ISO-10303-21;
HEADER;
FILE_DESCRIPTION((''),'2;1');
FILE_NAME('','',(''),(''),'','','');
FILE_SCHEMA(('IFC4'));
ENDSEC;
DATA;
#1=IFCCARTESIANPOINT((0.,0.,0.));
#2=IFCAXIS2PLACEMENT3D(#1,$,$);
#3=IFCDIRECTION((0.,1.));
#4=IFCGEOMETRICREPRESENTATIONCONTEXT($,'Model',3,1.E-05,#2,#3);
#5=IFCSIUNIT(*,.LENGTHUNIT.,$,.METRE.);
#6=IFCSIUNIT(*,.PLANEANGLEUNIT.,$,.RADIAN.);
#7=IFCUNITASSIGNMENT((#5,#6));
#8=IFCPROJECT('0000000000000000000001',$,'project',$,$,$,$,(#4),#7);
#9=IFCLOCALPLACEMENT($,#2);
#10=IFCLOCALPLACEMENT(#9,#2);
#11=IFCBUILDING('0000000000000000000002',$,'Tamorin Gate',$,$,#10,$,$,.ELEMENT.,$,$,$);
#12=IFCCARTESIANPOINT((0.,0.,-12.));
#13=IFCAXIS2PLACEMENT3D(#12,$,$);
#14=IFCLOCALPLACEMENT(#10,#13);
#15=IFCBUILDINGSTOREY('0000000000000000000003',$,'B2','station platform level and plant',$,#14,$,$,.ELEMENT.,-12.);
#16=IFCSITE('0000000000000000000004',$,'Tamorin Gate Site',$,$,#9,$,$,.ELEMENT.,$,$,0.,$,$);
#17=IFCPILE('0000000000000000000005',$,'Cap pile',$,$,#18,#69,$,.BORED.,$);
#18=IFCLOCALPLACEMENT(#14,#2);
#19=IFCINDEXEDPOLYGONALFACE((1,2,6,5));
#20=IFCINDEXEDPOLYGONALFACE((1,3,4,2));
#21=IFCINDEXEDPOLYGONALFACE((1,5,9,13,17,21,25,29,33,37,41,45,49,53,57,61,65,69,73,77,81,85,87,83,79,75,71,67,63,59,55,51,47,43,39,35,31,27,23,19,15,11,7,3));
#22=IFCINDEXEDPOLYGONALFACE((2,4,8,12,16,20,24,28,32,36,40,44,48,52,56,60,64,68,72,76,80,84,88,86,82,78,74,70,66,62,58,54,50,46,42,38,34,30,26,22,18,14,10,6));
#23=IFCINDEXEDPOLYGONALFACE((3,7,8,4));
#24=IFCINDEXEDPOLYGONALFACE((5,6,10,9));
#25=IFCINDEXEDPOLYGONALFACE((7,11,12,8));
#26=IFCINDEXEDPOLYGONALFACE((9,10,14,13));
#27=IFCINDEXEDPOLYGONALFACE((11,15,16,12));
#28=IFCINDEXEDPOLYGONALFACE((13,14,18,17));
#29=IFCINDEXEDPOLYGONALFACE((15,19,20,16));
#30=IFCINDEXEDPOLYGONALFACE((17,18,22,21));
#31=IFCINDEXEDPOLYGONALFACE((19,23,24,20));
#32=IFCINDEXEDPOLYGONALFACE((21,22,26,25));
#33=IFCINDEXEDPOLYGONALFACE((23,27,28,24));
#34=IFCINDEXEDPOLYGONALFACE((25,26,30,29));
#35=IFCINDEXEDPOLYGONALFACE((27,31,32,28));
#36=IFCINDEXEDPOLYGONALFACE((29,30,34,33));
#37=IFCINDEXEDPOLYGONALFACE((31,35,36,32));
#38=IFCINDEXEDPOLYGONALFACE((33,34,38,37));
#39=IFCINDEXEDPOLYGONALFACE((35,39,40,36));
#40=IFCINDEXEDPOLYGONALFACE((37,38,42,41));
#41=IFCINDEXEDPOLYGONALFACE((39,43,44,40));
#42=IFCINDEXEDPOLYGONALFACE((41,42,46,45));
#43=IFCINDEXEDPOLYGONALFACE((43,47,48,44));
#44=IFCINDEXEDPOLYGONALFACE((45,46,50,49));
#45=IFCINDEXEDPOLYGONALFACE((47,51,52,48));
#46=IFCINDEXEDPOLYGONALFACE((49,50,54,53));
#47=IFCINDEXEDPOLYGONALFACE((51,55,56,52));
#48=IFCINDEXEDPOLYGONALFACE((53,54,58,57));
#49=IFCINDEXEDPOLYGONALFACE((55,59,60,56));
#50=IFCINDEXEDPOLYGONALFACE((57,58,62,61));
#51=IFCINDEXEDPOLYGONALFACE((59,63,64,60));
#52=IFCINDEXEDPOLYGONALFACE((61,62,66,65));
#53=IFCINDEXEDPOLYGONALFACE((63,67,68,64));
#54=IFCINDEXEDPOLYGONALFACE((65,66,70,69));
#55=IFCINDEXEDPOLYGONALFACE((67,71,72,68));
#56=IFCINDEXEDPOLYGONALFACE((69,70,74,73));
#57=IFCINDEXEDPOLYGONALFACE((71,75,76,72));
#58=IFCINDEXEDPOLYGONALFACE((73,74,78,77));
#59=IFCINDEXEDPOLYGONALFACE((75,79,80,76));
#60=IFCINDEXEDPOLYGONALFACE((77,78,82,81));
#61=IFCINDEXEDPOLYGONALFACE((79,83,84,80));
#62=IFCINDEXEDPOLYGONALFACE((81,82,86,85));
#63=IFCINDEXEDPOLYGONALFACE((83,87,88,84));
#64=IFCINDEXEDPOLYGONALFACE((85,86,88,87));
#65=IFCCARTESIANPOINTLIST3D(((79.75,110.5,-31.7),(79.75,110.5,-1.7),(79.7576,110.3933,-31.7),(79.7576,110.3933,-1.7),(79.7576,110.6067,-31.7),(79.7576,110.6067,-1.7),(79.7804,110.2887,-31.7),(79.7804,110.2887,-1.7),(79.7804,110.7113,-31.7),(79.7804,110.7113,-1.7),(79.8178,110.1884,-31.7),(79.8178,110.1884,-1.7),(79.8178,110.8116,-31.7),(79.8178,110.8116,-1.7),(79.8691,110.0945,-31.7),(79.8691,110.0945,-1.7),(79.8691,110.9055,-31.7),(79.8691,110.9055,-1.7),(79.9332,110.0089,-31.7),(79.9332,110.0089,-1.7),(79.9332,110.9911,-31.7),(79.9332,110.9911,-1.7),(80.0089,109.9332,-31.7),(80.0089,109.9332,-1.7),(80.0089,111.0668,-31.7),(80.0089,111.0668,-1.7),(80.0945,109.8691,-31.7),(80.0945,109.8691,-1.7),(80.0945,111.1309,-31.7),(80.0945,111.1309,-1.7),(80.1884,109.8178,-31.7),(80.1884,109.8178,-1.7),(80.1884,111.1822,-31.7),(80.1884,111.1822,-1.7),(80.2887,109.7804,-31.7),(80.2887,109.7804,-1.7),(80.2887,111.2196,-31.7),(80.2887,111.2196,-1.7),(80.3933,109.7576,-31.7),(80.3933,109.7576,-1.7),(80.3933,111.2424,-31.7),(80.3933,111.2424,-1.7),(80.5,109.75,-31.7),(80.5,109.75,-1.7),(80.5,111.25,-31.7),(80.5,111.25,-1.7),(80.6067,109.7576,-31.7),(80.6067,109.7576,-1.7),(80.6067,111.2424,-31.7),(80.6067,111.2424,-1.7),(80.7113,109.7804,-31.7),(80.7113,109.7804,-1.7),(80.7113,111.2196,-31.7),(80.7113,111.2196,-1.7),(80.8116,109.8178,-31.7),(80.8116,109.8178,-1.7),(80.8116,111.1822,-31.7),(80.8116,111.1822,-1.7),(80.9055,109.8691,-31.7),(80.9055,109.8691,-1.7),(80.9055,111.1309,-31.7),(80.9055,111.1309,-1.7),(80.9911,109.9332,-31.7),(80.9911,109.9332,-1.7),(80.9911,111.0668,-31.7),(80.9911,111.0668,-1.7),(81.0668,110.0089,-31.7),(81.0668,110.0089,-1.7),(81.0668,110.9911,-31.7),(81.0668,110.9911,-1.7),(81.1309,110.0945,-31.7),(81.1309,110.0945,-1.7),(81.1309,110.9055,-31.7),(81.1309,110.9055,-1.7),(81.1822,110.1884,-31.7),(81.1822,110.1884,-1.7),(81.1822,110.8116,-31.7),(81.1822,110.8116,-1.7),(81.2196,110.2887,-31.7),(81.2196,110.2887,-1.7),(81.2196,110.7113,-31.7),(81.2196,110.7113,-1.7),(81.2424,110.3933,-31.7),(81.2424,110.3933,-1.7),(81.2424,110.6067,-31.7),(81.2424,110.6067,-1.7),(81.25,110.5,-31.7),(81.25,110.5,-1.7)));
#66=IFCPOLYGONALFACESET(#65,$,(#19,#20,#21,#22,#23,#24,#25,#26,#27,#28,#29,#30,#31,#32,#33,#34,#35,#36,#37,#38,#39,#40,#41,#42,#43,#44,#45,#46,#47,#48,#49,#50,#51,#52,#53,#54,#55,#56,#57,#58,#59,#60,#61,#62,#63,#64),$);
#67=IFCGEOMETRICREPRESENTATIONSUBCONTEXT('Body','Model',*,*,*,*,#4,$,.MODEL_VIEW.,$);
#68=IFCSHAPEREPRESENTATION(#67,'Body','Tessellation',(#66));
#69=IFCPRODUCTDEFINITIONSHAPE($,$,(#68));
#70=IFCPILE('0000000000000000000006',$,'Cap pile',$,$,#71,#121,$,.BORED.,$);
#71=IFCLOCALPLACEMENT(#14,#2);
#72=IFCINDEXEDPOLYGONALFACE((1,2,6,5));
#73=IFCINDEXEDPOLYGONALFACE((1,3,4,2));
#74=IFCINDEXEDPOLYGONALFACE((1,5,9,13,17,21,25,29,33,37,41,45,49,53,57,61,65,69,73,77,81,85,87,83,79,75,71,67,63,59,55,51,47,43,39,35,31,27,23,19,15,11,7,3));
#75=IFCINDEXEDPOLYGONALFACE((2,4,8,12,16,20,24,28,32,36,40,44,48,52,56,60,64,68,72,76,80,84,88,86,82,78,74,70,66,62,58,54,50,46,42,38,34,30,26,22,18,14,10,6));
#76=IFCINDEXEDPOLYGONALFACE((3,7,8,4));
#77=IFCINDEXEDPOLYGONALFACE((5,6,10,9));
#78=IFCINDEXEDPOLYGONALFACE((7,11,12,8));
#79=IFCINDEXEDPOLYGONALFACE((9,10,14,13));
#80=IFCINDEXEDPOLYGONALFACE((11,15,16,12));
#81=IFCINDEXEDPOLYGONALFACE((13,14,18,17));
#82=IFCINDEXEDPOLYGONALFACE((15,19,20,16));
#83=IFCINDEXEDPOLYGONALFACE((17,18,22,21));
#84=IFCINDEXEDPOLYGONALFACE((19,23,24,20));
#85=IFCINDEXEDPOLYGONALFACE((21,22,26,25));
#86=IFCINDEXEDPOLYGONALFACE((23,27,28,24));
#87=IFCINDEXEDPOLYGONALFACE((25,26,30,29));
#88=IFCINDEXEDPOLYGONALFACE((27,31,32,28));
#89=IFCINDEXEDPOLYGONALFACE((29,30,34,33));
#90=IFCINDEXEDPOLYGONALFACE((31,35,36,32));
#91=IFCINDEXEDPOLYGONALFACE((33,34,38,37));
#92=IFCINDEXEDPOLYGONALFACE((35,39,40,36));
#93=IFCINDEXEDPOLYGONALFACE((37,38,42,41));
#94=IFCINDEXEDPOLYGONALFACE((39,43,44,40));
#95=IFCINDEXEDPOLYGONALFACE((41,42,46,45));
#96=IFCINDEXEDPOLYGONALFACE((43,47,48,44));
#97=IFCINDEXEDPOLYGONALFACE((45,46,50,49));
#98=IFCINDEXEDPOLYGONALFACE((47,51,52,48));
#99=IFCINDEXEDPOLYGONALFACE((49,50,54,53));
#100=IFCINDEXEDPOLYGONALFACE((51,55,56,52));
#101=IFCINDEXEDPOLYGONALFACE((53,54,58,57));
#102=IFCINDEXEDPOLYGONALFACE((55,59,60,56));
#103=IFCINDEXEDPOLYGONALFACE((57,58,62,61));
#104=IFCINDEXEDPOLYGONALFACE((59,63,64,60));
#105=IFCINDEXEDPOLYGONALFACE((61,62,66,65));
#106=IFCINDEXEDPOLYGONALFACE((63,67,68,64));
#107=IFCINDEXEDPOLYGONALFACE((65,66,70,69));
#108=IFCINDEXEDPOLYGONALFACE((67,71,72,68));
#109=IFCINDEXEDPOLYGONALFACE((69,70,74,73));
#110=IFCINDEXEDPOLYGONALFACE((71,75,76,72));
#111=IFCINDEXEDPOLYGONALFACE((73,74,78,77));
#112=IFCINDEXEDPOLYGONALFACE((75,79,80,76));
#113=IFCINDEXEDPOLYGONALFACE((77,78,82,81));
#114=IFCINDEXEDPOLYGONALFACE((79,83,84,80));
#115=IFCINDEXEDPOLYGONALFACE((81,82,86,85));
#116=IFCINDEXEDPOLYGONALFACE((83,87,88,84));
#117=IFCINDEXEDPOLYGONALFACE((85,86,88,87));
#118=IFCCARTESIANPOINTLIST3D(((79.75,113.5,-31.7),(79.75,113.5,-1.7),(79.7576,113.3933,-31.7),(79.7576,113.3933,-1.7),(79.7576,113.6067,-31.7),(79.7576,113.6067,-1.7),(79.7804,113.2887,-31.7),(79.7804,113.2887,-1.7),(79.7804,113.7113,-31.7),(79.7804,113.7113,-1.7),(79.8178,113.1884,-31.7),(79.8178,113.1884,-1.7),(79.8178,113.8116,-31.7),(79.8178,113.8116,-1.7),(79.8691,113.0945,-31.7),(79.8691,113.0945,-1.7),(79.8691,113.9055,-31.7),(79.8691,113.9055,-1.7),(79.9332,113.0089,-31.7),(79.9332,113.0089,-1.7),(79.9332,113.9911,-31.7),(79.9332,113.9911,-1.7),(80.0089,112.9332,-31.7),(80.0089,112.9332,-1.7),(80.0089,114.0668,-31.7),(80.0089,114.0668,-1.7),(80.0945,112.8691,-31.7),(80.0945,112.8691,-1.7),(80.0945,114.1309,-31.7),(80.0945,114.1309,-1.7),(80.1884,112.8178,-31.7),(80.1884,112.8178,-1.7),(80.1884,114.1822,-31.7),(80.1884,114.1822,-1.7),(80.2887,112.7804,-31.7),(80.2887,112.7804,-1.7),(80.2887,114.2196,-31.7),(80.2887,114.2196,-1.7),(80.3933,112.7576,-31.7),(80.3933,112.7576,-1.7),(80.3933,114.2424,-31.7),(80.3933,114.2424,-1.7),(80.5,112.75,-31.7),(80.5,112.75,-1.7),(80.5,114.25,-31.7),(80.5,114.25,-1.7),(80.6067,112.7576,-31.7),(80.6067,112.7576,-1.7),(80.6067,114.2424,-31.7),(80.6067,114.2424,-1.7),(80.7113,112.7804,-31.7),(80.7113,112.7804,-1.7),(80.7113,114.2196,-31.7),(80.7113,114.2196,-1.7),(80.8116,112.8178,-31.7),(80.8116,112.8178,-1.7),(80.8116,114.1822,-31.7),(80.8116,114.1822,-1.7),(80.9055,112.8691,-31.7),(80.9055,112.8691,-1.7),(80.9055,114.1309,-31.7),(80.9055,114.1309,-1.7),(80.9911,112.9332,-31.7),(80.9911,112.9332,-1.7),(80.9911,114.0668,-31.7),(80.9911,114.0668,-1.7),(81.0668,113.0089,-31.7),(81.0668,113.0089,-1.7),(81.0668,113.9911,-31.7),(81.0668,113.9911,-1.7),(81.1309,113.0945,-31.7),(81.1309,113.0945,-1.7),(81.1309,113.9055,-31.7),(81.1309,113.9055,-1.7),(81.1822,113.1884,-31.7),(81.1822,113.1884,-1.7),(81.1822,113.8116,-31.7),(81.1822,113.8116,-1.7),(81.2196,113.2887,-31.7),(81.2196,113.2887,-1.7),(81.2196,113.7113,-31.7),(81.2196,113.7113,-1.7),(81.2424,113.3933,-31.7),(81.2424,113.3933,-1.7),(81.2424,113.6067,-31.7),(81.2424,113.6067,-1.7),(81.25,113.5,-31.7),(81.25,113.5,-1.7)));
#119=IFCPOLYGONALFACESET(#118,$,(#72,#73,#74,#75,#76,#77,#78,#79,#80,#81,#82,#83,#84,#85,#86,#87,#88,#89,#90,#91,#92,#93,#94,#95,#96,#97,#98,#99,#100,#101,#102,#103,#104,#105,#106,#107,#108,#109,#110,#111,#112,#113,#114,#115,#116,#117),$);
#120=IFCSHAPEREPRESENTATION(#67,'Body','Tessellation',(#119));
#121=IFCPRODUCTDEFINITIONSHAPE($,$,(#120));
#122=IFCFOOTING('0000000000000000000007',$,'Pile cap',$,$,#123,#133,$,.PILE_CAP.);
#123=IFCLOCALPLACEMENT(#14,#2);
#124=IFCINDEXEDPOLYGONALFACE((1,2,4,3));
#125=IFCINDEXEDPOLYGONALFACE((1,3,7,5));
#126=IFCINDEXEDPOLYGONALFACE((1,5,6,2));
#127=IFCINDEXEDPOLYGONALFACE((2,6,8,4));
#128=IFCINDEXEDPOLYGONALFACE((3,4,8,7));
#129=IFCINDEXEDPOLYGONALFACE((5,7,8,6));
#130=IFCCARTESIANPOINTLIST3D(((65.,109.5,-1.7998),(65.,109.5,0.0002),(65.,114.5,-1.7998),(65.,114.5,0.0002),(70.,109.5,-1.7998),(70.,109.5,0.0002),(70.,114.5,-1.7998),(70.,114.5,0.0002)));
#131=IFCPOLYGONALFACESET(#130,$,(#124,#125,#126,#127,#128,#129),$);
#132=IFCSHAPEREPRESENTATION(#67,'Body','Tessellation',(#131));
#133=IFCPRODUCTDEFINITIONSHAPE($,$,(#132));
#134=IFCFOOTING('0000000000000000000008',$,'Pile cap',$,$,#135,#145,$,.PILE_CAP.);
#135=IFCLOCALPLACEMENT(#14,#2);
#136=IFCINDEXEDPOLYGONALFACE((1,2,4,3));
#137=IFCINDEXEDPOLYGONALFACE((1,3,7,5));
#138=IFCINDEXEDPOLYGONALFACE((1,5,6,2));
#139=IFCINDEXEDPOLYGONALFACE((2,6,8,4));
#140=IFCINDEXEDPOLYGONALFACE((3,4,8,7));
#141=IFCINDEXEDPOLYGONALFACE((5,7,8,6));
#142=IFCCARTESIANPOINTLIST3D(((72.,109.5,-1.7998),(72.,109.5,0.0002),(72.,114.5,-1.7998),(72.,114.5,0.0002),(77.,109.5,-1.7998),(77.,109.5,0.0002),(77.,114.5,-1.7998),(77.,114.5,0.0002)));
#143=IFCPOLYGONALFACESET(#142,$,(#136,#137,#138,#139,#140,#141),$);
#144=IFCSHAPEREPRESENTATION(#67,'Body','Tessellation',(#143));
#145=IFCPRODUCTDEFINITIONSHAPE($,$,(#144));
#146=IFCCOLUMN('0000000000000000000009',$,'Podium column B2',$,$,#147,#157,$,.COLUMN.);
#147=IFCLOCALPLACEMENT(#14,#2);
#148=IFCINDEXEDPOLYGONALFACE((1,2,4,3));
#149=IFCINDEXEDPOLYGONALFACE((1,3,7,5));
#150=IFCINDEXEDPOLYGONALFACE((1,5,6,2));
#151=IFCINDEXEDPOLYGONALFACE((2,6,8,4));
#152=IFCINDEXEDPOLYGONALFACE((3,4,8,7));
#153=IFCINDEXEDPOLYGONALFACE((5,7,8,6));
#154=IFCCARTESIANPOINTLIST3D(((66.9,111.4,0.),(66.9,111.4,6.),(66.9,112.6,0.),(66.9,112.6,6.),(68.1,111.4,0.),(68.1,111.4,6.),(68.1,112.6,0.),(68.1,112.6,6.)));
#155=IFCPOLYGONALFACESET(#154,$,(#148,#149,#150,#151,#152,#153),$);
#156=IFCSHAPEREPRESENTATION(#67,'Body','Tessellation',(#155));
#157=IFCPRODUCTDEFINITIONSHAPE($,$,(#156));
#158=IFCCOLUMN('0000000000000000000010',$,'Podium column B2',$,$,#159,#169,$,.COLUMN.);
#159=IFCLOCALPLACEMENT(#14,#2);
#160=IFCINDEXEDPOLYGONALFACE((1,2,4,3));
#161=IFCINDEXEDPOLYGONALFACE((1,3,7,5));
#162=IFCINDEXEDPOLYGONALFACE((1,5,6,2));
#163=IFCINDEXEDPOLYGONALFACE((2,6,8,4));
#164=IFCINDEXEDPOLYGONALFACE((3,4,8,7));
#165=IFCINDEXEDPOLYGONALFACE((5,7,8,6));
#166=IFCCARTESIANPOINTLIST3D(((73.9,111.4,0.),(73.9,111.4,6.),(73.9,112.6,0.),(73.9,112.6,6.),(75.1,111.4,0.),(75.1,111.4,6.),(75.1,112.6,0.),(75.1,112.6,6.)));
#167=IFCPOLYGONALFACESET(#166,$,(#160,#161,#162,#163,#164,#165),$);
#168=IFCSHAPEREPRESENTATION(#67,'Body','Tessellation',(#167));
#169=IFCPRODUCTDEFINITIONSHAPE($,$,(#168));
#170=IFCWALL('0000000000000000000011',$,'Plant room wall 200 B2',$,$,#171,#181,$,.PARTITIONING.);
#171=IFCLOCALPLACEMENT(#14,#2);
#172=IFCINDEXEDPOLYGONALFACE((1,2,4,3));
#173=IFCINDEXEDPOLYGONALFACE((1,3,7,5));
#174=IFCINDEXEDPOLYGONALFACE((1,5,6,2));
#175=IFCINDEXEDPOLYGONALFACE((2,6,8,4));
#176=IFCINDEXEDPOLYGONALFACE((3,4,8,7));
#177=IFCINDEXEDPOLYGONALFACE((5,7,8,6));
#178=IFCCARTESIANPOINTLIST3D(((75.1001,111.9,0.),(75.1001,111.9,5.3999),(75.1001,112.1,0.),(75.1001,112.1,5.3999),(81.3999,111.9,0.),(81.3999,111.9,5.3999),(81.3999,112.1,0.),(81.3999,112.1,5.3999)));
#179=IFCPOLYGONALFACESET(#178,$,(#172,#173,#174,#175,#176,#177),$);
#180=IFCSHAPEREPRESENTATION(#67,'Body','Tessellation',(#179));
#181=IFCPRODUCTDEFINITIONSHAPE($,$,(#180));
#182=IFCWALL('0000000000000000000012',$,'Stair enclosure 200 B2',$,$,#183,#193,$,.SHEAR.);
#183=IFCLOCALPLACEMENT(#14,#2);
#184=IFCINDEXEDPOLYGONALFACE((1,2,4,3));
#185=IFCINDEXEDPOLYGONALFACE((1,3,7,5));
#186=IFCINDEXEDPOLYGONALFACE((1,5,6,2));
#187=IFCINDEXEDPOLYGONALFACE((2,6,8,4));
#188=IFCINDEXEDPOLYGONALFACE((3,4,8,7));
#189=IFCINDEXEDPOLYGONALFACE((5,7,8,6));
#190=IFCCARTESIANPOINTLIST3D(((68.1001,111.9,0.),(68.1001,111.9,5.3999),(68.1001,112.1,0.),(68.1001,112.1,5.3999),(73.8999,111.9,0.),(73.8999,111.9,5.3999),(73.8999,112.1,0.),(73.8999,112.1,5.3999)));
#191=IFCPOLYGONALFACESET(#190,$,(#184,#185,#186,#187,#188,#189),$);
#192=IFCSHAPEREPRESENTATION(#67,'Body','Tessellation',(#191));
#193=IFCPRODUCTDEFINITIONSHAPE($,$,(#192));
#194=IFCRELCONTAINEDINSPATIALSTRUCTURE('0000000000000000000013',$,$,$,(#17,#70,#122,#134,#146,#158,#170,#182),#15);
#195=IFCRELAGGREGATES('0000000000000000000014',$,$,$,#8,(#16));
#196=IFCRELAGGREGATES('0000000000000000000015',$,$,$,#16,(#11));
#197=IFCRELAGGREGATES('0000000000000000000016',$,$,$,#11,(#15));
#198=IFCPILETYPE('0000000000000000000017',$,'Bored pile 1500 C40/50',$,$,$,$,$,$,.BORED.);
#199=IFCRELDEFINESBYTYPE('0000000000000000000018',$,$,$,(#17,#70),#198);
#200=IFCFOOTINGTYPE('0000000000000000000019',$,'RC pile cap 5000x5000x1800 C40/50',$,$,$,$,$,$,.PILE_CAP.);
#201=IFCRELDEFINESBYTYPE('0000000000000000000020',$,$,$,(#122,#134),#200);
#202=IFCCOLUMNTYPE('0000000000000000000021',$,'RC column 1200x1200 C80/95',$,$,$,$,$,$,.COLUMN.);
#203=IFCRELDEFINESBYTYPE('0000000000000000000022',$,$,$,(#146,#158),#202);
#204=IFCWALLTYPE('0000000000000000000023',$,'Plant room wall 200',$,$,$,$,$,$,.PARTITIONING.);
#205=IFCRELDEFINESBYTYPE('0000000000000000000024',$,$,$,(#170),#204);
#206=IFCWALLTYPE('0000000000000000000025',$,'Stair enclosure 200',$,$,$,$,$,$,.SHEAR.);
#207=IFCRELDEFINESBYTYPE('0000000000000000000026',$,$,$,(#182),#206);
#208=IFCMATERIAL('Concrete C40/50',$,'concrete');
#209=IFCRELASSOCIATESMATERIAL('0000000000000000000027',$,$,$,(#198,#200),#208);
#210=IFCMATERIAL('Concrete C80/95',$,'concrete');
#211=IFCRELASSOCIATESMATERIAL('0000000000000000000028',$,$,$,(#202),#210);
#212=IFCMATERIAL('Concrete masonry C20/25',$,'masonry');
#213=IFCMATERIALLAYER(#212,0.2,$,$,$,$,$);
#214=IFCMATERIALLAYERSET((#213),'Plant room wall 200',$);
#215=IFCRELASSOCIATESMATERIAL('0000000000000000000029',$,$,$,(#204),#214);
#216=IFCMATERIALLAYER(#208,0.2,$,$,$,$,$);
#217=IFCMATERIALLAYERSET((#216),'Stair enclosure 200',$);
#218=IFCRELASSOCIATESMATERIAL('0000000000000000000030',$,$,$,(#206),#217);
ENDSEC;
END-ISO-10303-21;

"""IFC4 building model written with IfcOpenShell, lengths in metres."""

from ifc_helpers import new_model, si_unit, direction, frame, frame_2d, origin, origin_2d, place, context, subcontext, project, spatial, rectangle, circle, extrude, material, layer, layer_set, material_profile, profile_set, type_object, element, save


model = new_model("IFC4")

# Units and contexts
model_context = context("Model", 3, precision=1e-05, world=origin(), true_north=direction((0.0, 1.0)))
body_context = subcontext(model_context, "Body", "Model", "MODEL_VIEW")
ifc_project = project(units=[si_unit("LENGTHUNIT", "METRE"), si_unit("PLANEANGLEUNIT", "RADIAN")], contexts=[model_context])

# Site, building, storey
site_placement = place(None, origin())
site = spatial("IfcSite", under=ifc_project, at=site_placement, Name="Tamorin Gate Site", CompositionType="ELEMENT", RefElevation=0.0)
building_placement = place(site_placement, origin())
building = spatial("IfcBuilding", under=site, at=building_placement, Name="Tamorin Gate", CompositionType="ELEMENT")
storey_placement = place(building_placement, frame((0.0, 0.0, -12.0)))
storey = spatial("IfcBuildingStorey", under=building, at=storey_placement, Name="B2", Description="station platform level and plant", CompositionType="ELEMENT", Elevation=-12.0)

# Piles
ifc_material_1 = material(Name="Concrete C40/50", Category="concrete")
ifc_material_profile_1 = material_profile(ifc_material_1, circle(Radius=0.75, at=origin_2d()))
ifc_profile_set_1 = profile_set([ifc_material_profile_1], Name="Concrete C40/50")
pile_type = type_object("IfcPileType", Name="Bored pile 1500 C40/50", PredefinedType="BORED", material=ifc_profile_set_1)
for number, where, z_axis, x_axis, name in (
    (1, (80.5, 110.5, -1.7), (0.0, 0.0, -1.0), (1.0, 0.0, 0.0), "Cap pile"),
    (2, (80.5, 113.5, -1.7), (0.0, 0.0, -1.0), (1.0, 0.0, 0.0), "Cap pile"),
):
    element("IfcPile", number, at=place(storey_placement, frame(where, z_axis=z_axis, x_axis=x_axis)), inside=storey, type_object=pile_type, Name=name, PredefinedType="BORED", context=body_context, shape_type="SweptSolid", body=[
        extrude(circle(Radius=0.75, at=origin_2d()), origin(), (0.0, 0.0, 1.0), 30.0),
    ])

# Footings
footing_type = type_object("IfcFootingType", Name="RC pile cap 5000x5000x1800 C40/50", PredefinedType="PILE_CAP", material=ifc_material_1)
for number, where, z_axis, x_axis, name in (
    (3, (67.5, 112.0, -1.7998), (0.0, 0.0, 1.0), (1.0, 0.0, 0.0), "Pile cap"),
    (4, (74.5, 112.0, -1.7998), (0.0, 0.0, 1.0), (1.0, 0.0, 0.0), "Pile cap"),
):
    element("IfcFooting", number, at=place(storey_placement, frame(where, z_axis=z_axis, x_axis=x_axis)), inside=storey, type_object=footing_type, Name=name, PredefinedType="PILE_CAP", context=body_context, shape_type="SweptSolid", body=[
        extrude(rectangle(XDim=5.0, YDim=5.0, at=origin_2d()), origin(), (0.0, 0.0, 1.0), 1.8),
    ])

# Columns
ifc_material_2 = material(Name="Concrete C80/95", Category="concrete")
ifc_material_profile_2 = material_profile(ifc_material_2, rectangle(XDim=1.2, YDim=1.2, at=origin_2d()), Name="RC 1200x1200")
ifc_profile_set_2 = profile_set([ifc_material_profile_2], Name="Concrete C80/95")
column_type = type_object("IfcColumnType", Name="RC column 1200x1200 C80/95", PredefinedType="COLUMN", material=ifc_profile_set_2)
for number, where, z_axis, x_axis, name in (
    (5, (67.5, 112.0, 0.0), (0.0, 0.0, 1.0), (1.0, 0.0, 0.0), "Podium column B2"),
    (6, (74.5, 112.0, 0.0), (0.0, 0.0, 1.0), (1.0, 0.0, 0.0), "Podium column B2"),
):
    element("IfcColumn", number, at=place(storey_placement, frame(where, z_axis=z_axis, x_axis=x_axis)), inside=storey, type_object=column_type, Name=name, PredefinedType="COLUMN", context=body_context, shape_type="SweptSolid", body=[
        extrude(rectangle(XDim=1.2, YDim=1.2, at=origin_2d()), origin(), (0.0, 0.0, 1.0), 6.0),
    ])

# Walls
ifc_material_3 = material(Name="Concrete masonry C20/25", Category="masonry")
ifc_layer_1 = layer(ifc_material_3, 0.2)
ifc_layer_set_1 = layer_set([ifc_layer_1], Name="Plant room wall 200")
wall_type_1 = type_object("IfcWallType", Name="Plant room wall 200", PredefinedType="PARTITIONING", material=ifc_layer_set_1)
wall_1_placement = place(storey_placement, frame((75.1001, 112.0, 0.0), z_axis=(0.0, 0.0, 1.0), x_axis=(1.0, 0.0, 0.0)))
element("IfcWall", 7, at=wall_1_placement, inside=storey, type_object=wall_type_1, Name="Plant room wall 200 B2", PredefinedType="PARTITIONING", context=body_context, shape_type="SweptSolid", body=[
    extrude(rectangle(XDim=6.2998, YDim=0.2, at=frame_2d((3.1499, 0.0))), origin(), (0.0, 0.0, 1.0), 5.3999),
])
ifc_layer_2 = layer(ifc_material_1, 0.2)
ifc_layer_set_2 = layer_set([ifc_layer_2], Name="Stair enclosure 200")
wall_type_2 = type_object("IfcWallType", Name="Stair enclosure 200", PredefinedType="SHEAR", material=ifc_layer_set_2)
wall_2_placement = place(storey_placement, frame((68.1001, 112.0, 0.0), z_axis=(0.0, 0.0, 1.0), x_axis=(1.0, 0.0, 0.0)))
element("IfcWall", 8, at=wall_2_placement, inside=storey, type_object=wall_type_2, Name="Stair enclosure 200 B2", PredefinedType="SHEAR", context=body_context, shape_type="SweptSolid", body=[
    extrude(rectangle(XDim=5.7998, YDim=0.2, at=frame_2d((2.8999, 0.0))), origin(), (0.0, 0.0, 1.0), 5.3999),
])

save(model, "model.ifc")
